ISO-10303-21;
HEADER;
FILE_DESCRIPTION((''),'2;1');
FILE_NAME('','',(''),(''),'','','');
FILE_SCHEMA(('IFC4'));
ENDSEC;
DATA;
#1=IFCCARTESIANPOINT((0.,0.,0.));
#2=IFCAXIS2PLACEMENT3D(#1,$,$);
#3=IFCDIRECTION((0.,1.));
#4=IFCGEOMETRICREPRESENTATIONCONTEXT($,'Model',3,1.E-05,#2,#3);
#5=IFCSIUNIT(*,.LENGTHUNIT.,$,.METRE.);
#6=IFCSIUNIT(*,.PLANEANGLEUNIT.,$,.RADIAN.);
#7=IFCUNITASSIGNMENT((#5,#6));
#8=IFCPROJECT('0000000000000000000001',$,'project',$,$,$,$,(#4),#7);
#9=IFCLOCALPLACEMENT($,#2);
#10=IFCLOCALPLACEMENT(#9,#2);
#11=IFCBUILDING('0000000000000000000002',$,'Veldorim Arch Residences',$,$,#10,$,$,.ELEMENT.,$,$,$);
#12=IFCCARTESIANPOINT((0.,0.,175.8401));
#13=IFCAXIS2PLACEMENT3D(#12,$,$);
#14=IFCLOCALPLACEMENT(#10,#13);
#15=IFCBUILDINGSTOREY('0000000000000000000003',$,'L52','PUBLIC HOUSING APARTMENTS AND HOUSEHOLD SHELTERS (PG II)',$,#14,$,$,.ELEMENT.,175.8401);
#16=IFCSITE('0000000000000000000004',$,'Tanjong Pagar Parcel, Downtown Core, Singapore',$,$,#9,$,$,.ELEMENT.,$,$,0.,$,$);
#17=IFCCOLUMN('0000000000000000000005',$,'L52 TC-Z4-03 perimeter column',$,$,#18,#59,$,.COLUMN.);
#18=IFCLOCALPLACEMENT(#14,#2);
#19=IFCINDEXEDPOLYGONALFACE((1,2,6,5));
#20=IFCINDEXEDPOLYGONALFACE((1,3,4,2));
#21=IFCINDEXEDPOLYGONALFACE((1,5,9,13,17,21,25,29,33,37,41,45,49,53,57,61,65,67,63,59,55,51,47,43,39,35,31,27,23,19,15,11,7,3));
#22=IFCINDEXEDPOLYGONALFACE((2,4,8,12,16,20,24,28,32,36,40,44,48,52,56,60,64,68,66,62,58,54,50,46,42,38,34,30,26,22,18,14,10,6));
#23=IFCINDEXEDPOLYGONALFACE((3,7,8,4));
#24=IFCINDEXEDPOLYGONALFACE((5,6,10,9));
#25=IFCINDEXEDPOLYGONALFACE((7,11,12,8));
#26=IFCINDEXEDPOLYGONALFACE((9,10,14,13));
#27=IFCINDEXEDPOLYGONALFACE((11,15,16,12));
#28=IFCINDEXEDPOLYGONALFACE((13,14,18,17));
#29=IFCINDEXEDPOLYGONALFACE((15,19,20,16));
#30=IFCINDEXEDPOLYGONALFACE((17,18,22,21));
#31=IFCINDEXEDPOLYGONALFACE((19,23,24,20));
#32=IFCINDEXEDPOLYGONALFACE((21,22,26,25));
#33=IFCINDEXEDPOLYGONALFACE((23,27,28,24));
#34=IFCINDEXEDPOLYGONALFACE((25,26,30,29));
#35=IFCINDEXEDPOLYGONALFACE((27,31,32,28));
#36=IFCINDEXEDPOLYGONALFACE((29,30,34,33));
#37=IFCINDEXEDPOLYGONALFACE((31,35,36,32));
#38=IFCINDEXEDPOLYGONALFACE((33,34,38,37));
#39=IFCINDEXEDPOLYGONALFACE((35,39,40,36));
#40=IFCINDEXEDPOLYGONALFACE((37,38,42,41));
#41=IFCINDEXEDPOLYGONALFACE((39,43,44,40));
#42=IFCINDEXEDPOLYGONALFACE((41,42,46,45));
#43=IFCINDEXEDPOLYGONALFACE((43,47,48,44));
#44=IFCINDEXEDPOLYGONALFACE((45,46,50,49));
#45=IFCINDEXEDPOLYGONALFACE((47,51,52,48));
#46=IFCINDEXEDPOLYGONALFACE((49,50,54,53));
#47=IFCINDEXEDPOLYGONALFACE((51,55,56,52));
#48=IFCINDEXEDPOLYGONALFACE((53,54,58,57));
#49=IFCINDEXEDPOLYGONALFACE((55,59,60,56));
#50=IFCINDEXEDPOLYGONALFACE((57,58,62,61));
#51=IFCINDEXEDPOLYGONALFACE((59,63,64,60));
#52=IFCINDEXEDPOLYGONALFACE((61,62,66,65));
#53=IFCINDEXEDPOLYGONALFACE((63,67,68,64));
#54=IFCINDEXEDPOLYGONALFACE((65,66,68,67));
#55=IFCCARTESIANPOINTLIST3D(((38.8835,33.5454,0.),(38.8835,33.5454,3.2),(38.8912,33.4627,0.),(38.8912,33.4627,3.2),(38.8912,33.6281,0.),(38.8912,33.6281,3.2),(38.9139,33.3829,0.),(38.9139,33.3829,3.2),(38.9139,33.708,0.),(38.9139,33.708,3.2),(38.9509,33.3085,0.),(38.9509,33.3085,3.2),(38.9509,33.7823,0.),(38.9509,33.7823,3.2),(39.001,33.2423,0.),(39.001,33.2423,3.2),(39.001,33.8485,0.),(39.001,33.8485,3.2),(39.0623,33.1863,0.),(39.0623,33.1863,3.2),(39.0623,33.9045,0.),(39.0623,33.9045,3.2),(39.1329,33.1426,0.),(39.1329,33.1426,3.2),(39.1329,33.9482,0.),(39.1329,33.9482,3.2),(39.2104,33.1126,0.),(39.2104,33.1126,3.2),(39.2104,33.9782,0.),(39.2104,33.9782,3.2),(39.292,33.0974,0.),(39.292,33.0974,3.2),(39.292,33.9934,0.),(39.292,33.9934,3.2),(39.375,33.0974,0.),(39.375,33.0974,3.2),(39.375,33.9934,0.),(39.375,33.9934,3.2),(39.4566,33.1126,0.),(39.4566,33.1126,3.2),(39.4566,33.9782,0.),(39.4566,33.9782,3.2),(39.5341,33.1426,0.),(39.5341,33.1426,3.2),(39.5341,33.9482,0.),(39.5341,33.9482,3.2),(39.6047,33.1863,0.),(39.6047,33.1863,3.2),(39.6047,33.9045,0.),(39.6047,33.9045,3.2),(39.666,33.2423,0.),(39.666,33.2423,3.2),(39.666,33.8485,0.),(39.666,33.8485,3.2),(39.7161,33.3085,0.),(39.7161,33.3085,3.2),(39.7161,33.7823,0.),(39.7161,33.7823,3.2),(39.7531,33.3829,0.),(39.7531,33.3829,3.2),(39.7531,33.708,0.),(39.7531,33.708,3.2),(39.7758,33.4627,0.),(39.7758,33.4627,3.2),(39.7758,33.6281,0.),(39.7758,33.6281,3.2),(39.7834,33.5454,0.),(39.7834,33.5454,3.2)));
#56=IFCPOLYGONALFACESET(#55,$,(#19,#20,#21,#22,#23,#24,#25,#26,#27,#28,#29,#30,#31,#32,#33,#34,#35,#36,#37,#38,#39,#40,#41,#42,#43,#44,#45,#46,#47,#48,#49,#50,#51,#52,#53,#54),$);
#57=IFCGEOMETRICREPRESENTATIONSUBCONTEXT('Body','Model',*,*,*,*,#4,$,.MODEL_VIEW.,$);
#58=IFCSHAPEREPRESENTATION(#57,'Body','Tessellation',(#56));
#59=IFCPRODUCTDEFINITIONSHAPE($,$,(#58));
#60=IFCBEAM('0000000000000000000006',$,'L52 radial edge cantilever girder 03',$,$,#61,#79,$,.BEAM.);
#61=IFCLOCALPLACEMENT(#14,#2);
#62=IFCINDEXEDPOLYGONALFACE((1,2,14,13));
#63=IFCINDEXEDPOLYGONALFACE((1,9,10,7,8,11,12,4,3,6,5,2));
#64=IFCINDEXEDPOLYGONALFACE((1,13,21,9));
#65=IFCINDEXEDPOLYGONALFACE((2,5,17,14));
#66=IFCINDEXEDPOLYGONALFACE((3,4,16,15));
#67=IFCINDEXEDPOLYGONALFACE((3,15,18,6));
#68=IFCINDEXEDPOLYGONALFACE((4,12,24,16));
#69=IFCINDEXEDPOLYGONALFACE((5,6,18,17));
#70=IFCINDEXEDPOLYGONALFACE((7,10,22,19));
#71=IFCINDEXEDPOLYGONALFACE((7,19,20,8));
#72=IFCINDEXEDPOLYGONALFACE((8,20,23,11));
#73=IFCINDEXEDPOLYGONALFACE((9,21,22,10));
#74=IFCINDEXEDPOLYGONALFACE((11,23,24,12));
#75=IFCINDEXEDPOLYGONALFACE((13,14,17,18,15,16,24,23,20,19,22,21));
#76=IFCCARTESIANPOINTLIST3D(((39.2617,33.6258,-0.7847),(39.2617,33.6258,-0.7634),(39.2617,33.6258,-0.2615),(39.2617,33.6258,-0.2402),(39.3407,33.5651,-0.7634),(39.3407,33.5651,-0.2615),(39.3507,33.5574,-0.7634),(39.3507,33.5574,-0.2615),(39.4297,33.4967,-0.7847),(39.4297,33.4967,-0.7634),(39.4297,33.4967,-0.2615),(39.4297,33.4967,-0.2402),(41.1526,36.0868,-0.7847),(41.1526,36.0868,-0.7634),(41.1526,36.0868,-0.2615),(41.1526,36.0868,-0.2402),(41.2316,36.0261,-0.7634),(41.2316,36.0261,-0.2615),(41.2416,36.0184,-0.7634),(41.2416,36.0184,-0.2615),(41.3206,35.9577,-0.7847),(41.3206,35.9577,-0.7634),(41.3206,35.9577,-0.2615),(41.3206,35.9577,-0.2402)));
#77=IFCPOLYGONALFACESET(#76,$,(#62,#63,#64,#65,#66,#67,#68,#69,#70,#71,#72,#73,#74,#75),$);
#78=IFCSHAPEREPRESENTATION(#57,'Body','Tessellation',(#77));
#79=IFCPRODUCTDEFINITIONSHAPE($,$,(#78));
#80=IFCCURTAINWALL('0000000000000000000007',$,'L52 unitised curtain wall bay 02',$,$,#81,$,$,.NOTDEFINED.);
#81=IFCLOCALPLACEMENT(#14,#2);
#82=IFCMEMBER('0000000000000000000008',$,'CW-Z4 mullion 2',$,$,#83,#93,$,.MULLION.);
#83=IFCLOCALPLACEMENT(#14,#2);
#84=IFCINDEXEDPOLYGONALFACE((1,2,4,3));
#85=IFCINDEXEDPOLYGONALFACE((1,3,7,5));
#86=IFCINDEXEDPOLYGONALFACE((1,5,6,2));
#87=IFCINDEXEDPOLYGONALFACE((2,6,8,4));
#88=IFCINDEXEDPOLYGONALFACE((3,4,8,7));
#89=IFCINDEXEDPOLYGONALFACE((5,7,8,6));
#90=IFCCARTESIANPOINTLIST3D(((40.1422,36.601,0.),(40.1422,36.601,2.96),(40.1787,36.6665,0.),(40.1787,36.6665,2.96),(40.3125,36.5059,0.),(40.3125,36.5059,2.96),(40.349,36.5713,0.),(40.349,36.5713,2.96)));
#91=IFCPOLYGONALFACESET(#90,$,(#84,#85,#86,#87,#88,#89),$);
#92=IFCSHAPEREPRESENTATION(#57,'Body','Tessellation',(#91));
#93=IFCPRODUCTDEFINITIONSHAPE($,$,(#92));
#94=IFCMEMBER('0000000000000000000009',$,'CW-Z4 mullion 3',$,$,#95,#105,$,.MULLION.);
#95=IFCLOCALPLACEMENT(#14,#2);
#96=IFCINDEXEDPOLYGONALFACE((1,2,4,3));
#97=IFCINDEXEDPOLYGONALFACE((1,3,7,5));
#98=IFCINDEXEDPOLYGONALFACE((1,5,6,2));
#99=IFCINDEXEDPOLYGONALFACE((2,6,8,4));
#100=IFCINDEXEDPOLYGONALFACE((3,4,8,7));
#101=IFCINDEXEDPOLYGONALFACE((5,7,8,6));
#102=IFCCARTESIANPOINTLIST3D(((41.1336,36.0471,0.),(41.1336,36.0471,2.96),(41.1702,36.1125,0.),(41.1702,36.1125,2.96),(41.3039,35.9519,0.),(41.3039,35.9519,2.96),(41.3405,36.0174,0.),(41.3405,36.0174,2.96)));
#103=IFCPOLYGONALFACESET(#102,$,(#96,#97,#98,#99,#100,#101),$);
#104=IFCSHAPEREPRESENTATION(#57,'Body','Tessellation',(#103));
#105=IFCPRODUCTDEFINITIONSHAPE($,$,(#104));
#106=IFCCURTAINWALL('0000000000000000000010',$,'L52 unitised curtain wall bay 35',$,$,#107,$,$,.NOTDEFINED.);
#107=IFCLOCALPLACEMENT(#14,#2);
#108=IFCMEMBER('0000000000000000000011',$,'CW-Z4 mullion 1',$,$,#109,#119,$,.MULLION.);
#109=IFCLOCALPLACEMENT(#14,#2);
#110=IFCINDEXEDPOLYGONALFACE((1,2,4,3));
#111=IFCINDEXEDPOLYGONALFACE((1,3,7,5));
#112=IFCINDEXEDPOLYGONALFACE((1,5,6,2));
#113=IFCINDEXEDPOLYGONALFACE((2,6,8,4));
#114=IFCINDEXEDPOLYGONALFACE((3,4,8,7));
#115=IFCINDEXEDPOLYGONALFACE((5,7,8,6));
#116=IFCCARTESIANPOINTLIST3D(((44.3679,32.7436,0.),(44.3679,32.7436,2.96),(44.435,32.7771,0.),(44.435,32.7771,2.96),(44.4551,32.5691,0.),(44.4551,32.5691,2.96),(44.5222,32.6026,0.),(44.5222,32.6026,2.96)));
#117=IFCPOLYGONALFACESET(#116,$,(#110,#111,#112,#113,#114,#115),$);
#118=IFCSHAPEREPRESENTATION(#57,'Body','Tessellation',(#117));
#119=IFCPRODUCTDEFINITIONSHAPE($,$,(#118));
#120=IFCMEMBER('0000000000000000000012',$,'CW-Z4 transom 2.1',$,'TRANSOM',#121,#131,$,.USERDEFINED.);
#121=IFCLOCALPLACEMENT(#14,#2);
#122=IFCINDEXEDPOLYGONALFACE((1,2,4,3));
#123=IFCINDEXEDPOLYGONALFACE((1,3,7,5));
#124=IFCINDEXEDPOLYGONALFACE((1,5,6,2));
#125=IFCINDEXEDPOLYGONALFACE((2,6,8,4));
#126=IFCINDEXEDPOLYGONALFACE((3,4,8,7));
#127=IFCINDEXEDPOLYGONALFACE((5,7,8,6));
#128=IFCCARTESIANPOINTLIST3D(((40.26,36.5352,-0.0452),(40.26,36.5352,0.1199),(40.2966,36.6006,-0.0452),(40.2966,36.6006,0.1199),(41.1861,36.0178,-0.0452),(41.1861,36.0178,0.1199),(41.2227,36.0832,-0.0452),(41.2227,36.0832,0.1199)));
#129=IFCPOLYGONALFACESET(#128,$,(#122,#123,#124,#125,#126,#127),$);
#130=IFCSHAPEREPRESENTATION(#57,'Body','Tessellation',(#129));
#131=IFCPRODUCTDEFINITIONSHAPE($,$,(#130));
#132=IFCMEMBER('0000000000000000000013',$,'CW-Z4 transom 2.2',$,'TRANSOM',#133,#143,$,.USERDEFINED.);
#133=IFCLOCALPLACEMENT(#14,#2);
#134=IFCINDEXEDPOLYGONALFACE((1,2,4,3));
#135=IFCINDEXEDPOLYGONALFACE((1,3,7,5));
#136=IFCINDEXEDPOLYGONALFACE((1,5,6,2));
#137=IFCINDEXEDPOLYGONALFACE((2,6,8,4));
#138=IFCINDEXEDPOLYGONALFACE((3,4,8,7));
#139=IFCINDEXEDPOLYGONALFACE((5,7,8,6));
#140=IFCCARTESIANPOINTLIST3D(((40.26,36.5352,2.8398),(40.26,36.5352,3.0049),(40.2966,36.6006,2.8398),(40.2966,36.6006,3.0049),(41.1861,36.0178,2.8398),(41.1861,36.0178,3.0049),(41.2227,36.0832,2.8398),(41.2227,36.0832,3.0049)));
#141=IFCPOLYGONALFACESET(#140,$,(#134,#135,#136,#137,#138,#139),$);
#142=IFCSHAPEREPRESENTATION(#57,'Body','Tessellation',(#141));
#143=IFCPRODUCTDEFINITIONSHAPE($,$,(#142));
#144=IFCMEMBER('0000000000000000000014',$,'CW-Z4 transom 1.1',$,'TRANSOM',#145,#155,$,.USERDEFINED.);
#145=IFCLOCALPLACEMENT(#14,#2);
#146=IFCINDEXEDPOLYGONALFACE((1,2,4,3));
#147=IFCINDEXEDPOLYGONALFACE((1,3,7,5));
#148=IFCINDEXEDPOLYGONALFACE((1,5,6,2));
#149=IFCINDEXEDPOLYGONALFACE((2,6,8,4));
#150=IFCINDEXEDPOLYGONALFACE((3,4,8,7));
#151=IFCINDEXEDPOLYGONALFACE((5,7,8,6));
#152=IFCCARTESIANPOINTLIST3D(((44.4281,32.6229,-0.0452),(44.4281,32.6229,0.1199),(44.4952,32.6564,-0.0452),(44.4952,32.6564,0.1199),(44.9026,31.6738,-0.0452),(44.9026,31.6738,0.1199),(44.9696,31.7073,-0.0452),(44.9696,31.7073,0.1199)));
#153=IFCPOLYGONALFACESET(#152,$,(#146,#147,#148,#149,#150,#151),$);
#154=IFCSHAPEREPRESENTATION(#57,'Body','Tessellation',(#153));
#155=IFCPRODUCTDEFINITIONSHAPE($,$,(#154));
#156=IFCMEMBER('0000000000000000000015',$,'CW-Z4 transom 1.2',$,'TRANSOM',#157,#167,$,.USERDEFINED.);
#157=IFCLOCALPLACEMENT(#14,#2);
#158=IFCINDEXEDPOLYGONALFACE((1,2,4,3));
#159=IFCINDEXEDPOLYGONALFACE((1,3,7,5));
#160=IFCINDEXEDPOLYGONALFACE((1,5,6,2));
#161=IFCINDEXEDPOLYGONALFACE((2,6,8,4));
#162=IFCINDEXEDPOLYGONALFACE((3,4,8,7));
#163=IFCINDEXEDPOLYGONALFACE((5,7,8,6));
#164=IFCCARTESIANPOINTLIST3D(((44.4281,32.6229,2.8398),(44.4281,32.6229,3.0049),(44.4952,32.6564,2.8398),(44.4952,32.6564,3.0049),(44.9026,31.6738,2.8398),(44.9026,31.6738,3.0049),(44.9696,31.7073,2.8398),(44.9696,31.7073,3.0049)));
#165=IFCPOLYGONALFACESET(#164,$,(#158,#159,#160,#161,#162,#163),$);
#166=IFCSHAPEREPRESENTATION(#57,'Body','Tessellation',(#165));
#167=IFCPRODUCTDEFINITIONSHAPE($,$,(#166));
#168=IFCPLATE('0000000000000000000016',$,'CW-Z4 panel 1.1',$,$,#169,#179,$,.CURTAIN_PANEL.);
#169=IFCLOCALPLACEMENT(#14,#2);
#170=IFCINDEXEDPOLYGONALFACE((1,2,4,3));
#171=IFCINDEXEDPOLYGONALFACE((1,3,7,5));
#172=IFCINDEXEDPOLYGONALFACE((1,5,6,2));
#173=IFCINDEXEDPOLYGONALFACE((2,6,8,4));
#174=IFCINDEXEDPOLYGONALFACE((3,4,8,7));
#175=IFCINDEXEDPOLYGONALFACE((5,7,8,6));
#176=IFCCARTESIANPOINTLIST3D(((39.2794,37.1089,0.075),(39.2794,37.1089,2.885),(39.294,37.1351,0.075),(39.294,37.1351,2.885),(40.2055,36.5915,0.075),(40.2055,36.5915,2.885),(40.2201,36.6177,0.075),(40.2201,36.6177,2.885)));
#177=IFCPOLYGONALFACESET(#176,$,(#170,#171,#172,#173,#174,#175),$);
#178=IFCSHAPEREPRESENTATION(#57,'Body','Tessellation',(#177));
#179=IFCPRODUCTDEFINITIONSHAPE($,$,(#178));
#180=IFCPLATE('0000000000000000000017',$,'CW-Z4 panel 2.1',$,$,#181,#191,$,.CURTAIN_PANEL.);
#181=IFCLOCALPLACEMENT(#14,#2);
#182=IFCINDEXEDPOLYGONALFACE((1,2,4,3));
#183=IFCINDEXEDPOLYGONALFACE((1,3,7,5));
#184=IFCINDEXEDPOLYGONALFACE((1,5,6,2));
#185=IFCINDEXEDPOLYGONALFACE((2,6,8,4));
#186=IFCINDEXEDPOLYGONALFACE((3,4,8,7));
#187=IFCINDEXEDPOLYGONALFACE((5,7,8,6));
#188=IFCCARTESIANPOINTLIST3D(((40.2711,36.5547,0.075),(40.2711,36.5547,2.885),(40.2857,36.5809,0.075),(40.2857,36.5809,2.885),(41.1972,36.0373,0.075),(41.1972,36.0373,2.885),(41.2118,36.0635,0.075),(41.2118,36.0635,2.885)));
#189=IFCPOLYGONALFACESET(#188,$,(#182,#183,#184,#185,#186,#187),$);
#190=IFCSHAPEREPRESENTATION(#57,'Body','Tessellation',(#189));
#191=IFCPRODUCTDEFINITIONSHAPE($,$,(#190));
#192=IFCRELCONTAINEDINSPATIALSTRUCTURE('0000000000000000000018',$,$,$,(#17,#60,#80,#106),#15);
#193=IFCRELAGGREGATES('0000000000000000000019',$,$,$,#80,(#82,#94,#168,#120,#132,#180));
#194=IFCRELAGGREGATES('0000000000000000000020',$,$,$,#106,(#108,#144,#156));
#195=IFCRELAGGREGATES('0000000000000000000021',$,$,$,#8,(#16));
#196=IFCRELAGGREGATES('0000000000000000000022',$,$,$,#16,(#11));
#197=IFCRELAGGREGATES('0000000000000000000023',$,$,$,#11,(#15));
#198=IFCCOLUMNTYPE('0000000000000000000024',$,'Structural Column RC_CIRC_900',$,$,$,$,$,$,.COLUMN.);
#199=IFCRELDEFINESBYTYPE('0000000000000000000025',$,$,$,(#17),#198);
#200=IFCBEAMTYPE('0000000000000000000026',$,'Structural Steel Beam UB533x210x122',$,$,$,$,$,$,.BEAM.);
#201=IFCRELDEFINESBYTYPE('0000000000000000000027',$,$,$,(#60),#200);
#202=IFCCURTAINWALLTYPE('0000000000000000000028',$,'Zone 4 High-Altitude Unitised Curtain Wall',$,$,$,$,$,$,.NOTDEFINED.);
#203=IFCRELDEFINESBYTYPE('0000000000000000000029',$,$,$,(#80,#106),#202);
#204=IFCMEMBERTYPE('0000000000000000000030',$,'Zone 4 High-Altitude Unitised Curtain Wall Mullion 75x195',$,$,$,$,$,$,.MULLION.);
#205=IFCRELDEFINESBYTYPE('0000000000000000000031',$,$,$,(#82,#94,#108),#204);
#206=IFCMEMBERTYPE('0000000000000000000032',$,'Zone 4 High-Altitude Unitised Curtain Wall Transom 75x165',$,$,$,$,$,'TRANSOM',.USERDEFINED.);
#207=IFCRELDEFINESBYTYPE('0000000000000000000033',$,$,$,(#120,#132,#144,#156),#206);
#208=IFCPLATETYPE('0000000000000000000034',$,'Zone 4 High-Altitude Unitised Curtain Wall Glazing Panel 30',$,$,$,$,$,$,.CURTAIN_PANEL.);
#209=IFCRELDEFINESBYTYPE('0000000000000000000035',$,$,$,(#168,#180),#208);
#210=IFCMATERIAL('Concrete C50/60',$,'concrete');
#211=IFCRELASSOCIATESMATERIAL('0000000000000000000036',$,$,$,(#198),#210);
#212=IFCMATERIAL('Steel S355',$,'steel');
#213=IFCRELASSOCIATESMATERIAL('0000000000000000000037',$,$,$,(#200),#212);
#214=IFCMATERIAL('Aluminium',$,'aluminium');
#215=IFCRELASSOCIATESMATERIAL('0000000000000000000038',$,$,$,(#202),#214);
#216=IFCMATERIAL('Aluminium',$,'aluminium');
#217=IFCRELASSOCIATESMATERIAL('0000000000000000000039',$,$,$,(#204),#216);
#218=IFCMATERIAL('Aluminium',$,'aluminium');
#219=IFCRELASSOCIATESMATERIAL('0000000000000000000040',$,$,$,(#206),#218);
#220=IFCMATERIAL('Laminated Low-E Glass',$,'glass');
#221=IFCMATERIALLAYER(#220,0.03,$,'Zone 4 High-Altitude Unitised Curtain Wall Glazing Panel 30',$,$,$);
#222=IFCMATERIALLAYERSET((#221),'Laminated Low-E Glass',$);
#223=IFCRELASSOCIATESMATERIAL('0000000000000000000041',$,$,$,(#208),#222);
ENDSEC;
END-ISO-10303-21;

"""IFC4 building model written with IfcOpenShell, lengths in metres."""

from ifc_helpers import new_model, si_unit, direction, frame, origin, origin_2d, place, context, subcontext, project, spatial, rectangle, circle, i_section, extrude, material, layer, layer_set, material_profile, profile_set, type_object, element, aggregate, save


model = new_model("IFC4")

# Units and contexts
model_context = context("Model", 3, precision=1e-05, world=origin(), true_north=direction((0.0, 1.0)))
body_context = subcontext(model_context, "Body", "Model", "MODEL_VIEW")
ifc_project = project(units=[si_unit("LENGTHUNIT", "METRE"), si_unit("PLANEANGLEUNIT", "RADIAN")], contexts=[model_context])

# Site, building, storey
site_placement = place(None, origin())
site = spatial("IfcSite", under=ifc_project, at=site_placement, Name="Tanjong Pagar Parcel, Downtown Core, Singapore", CompositionType="ELEMENT", RefElevation=0.0)
building_placement = place(site_placement, origin())
building = spatial("IfcBuilding", under=site, at=building_placement, Name="Veldorim Arch Residences", CompositionType="ELEMENT")
storey_placement = place(building_placement, frame((0.0, 0.0, 175.8401)))
storey = spatial("IfcBuildingStorey", under=building, at=storey_placement, Name="L52", Description="PUBLIC HOUSING APARTMENTS AND HOUSEHOLD SHELTERS (PG II)", CompositionType="ELEMENT", Elevation=175.8401)

# Column
ifc_material_1 = material(Name="Concrete C50/60", Category="concrete")
ifc_material_profile_1 = material_profile(ifc_material_1, circle(Radius=0.45, at=origin_2d()), Name="RC_CIRC_900")
ifc_profile_set_1 = profile_set([ifc_material_profile_1], Name="Concrete C50/60")
column_type = type_object("IfcColumnType", Name="Structural Column RC_CIRC_900", PredefinedType="COLUMN", material=ifc_profile_set_1)
column_placement = place(storey_placement, frame((39.3335, 33.5454, 0.0), z_axis=(0.0, 0.0, 1.0), x_axis=(1.0, 0.0, 0.0)))
element("IfcColumn", 1, at=column_placement, inside=storey, type_object=column_type, Name="L52 TC-Z4-03 perimeter column", PredefinedType="COLUMN", context=body_context, shape_type="SweptSolid", body=[
    extrude(circle(Radius=0.45, at=origin_2d()), origin(), (0.0, 0.0, 1.0), 3.2),
])

# Beam
ifc_material_2 = material(Name="Steel S355", Category="steel")
ifc_material_profile_2 = material_profile(ifc_material_2, i_section(OverallWidth=0.2119, OverallDepth=0.5444, WebThickness=0.0127, FlangeThickness=0.0212, at=origin_2d()), Name="UB533x210x122")
ifc_profile_set_2 = profile_set([ifc_material_profile_2], Name="Steel S355")
beam_type = type_object("IfcBeamType", Name="Structural Steel Beam UB533x210x122", PredefinedType="BEAM", material=ifc_profile_set_2)
beam_placement = place(storey_placement, frame((39.3457, 33.5613, -0.5125), z_axis=(0.609273, 0.79296, 0.0), x_axis=(-0.79296, 0.609273, 0.0)))
element("IfcBeam", 2, at=beam_placement, inside=storey, type_object=beam_type, Name="L52 radial edge cantilever girder 03", PredefinedType="BEAM", context=body_context, shape_type="SweptSolid", body=[
    extrude(i_section(OverallWidth=0.2119, OverallDepth=0.5444, WebThickness=0.0127, FlangeThickness=0.0212, at=origin_2d()), origin(), (0.0, 0.0, 1.0), 3.1035),
])

# Curtain wall, members
ifc_material_3 = material(Name="Aluminium", Category="aluminium")
curtain_wall_type = type_object("IfcCurtainWallType", Name="Zone 4 High-Altitude Unitised Curtain Wall", PredefinedType="NOTDEFINED", material=ifc_material_3)
curtain_wall_1_placement = place(storey_placement, origin())
curtain_wall_1 = element("IfcCurtainWall", 3, at=curtain_wall_1_placement, inside=storey, type_object=curtain_wall_type, Name="L52 unitised curtain wall bay 02", PredefinedType="NOTDEFINED")
ifc_material_4 = material(Name="Aluminium", Category="aluminium")
ifc_material_profile_3 = material_profile(ifc_material_4, rectangle(XDim=0.075, YDim=0.1951, at=origin_2d()), Name="ALU_MUL_75x195")
ifc_profile_set_3 = profile_set([ifc_material_profile_3], Name="Aluminium")
member_type_1 = type_object("IfcMemberType", Name="Zone 4 High-Altitude Unitised Curtain Wall Mullion 75x195", PredefinedType="MULLION", material=ifc_profile_set_3)
member_1_placement = place(storey_placement, frame((40.2456, 36.5862, 0.0), z_axis=(0.0, 0.0, 1.0), x_axis=(0.487736, 0.872991, 0.0)))
member_1 = element("IfcMember", 4, at=member_1_placement, type_object=member_type_1, Name="CW-Z4 mullion 2", PredefinedType="MULLION", context=body_context, shape_type="SweptSolid", body=[
    extrude(rectangle(XDim=0.075, YDim=0.1951, at=origin_2d()), origin(), (0.0, 0.0, 1.0), 2.96),
])
member_2_placement = place(storey_placement, frame((41.2371, 36.0322, 0.0), z_axis=(0.0, 0.0, 1.0), x_axis=(0.487736, 0.872991, 0.0)))
member_2 = element("IfcMember", 5, at=member_2_placement, type_object=member_type_1, Name="CW-Z4 mullion 3", PredefinedType="MULLION", context=body_context, shape_type="SweptSolid", body=[
    extrude(rectangle(XDim=0.075, YDim=0.1951, at=origin_2d()), origin(), (0.0, 0.0, 1.0), 2.96),
])

# Curtain wall, member
curtain_wall_2_placement = place(storey_placement, origin())
curtain_wall_2 = element("IfcCurtainWall", 6, at=curtain_wall_2_placement, inside=storey, type_object=curtain_wall_type, Name="L52 unitised curtain wall bay 35", PredefinedType="NOTDEFINED")
member_3_placement = place(storey_placement, frame((44.4451, 32.6731, 0.0), z_axis=(0.0, 0.0, 1.0), x_axis=(0.894538, 0.446992, 0.0)))
member_3 = element("IfcMember", 7, at=member_3_placement, type_object=member_type_1, Name="CW-Z4 mullion 1", PredefinedType="MULLION", context=body_context, shape_type="SweptSolid", body=[
    extrude(rectangle(XDim=0.075, YDim=0.1951, at=origin_2d()), origin(), (0.0, 0.0, 1.0), 2.96),
])

# Members
ifc_material_5 = material(Name="Aluminium", Category="aluminium")
ifc_material_profile_4 = material_profile(ifc_material_5, rectangle(XDim=0.075, YDim=0.165, at=origin_2d()), Name="ALU_TRN_75x165")
ifc_profile_set_4 = profile_set([ifc_material_profile_4], Name="Aluminium")
member_type_2 = type_object("IfcMemberType", Name="Zone 4 High-Altitude Unitised Curtain Wall Transom 75x165", ElementType="TRANSOM", PredefinedType="USERDEFINED", material=ifc_profile_set_4)
member_4_placement = place(storey_placement, frame((40.2783, 36.5679, 0.0374), z_axis=(0.873004, -0.487713, 0.0), x_axis=(0.487713, 0.873004, 0.0)))
member_4 = element("IfcMember", 8, at=member_4_placement, type_object=member_type_2, Name="CW-Z4 transom 2.1", ObjectType="TRANSOM", PredefinedType="USERDEFINED", context=body_context, shape_type="SweptSolid", body=[
    extrude(rectangle(XDim=0.075, YDim=0.165, at=origin_2d()), origin(), (0.0, 0.0, 1.0), 1.0608),
])
member_5_placement = place(storey_placement, frame((40.2783, 36.5679, 2.9224), z_axis=(0.873004, -0.487713, 0.0), x_axis=(0.487713, 0.873004, 0.0)))
member_5 = element("IfcMember", 9, at=member_5_placement, type_object=member_type_2, Name="CW-Z4 transom 2.2", ObjectType="TRANSOM", PredefinedType="USERDEFINED", context=body_context, shape_type="SweptSolid", body=[
    extrude(rectangle(XDim=0.075, YDim=0.165, at=origin_2d()), origin(), (0.0, 0.0, 1.0), 1.0608),
])
member_6_placement = place(storey_placement, frame((44.4617, 32.6396, 0.0374), z_axis=(0.447122, -0.894473, 0.0), x_axis=(0.894473, 0.447122, 0.0)))
member_6 = element("IfcMember", 10, at=member_6_placement, type_object=member_type_2, Name="CW-Z4 transom 1.1", ObjectType="TRANSOM", PredefinedType="USERDEFINED", context=body_context, shape_type="SweptSolid", body=[
    extrude(rectangle(XDim=0.075, YDim=0.165, at=origin_2d()), origin(), (0.0, 0.0, 1.0), 1.061),
])
member_7_placement = place(storey_placement, frame((44.4617, 32.6396, 2.9224), z_axis=(0.447122, -0.894473, 0.0), x_axis=(0.894473, 0.447122, 0.0)))
member_7 = element("IfcMember", 11, at=member_7_placement, type_object=member_type_2, Name="CW-Z4 transom 1.2", ObjectType="TRANSOM", PredefinedType="USERDEFINED", context=body_context, shape_type="SweptSolid", body=[
    extrude(rectangle(XDim=0.075, YDim=0.165, at=origin_2d()), origin(), (0.0, 0.0, 1.0), 1.061),
])

# Plates
ifc_material_6 = material(Name="Laminated Low-E Glass", Category="glass")
ifc_layer_1 = layer(ifc_material_6, 0.03, Name="Zone 4 High-Altitude Unitised Curtain Wall Glazing Panel 30")
ifc_layer_set_1 = layer_set([ifc_layer_1], Name="Laminated Low-E Glass")
plate_type = type_object("IfcPlateType", Name="Zone 4 High-Altitude Unitised Curtain Wall Glazing Panel 30", PredefinedType="CURTAIN_PANEL", material=ifc_layer_set_1)
plate_1_placement = place(storey_placement, frame((39.7498, 36.8633, 0.075), z_axis=(0.0, 0.0, 1.0), x_axis=(0.872991, -0.487736, 0.0)))
plate_1 = element("IfcPlate", 12, at=plate_1_placement, type_object=plate_type, Name="CW-Z4 panel 1.1", PredefinedType="CURTAIN_PANEL", context=body_context, shape_type="SweptSolid", body=[
    extrude(rectangle(XDim=1.0608, YDim=0.03, at=origin_2d()), origin(), (0.0, 0.0, 1.0), 2.8101),
])
plate_2_placement = place(storey_placement, frame((40.7415, 36.3091, 0.075), z_axis=(0.0, 0.0, 1.0), x_axis=(0.872991, -0.487736, 0.0)))
plate_2 = element("IfcPlate", 13, at=plate_2_placement, type_object=plate_type, Name="CW-Z4 panel 2.1", PredefinedType="CURTAIN_PANEL", context=body_context, shape_type="SweptSolid", body=[
    extrude(rectangle(XDim=1.0608, YDim=0.03, at=origin_2d()), origin(), (0.0, 0.0, 1.0), 2.8101),
])
aggregate(curtain_wall_1, [member_1, member_2, plate_1, member_4, member_5, plate_2])
aggregate(curtain_wall_2, [member_3, member_6, member_7])

save(model, "model.ifc")
